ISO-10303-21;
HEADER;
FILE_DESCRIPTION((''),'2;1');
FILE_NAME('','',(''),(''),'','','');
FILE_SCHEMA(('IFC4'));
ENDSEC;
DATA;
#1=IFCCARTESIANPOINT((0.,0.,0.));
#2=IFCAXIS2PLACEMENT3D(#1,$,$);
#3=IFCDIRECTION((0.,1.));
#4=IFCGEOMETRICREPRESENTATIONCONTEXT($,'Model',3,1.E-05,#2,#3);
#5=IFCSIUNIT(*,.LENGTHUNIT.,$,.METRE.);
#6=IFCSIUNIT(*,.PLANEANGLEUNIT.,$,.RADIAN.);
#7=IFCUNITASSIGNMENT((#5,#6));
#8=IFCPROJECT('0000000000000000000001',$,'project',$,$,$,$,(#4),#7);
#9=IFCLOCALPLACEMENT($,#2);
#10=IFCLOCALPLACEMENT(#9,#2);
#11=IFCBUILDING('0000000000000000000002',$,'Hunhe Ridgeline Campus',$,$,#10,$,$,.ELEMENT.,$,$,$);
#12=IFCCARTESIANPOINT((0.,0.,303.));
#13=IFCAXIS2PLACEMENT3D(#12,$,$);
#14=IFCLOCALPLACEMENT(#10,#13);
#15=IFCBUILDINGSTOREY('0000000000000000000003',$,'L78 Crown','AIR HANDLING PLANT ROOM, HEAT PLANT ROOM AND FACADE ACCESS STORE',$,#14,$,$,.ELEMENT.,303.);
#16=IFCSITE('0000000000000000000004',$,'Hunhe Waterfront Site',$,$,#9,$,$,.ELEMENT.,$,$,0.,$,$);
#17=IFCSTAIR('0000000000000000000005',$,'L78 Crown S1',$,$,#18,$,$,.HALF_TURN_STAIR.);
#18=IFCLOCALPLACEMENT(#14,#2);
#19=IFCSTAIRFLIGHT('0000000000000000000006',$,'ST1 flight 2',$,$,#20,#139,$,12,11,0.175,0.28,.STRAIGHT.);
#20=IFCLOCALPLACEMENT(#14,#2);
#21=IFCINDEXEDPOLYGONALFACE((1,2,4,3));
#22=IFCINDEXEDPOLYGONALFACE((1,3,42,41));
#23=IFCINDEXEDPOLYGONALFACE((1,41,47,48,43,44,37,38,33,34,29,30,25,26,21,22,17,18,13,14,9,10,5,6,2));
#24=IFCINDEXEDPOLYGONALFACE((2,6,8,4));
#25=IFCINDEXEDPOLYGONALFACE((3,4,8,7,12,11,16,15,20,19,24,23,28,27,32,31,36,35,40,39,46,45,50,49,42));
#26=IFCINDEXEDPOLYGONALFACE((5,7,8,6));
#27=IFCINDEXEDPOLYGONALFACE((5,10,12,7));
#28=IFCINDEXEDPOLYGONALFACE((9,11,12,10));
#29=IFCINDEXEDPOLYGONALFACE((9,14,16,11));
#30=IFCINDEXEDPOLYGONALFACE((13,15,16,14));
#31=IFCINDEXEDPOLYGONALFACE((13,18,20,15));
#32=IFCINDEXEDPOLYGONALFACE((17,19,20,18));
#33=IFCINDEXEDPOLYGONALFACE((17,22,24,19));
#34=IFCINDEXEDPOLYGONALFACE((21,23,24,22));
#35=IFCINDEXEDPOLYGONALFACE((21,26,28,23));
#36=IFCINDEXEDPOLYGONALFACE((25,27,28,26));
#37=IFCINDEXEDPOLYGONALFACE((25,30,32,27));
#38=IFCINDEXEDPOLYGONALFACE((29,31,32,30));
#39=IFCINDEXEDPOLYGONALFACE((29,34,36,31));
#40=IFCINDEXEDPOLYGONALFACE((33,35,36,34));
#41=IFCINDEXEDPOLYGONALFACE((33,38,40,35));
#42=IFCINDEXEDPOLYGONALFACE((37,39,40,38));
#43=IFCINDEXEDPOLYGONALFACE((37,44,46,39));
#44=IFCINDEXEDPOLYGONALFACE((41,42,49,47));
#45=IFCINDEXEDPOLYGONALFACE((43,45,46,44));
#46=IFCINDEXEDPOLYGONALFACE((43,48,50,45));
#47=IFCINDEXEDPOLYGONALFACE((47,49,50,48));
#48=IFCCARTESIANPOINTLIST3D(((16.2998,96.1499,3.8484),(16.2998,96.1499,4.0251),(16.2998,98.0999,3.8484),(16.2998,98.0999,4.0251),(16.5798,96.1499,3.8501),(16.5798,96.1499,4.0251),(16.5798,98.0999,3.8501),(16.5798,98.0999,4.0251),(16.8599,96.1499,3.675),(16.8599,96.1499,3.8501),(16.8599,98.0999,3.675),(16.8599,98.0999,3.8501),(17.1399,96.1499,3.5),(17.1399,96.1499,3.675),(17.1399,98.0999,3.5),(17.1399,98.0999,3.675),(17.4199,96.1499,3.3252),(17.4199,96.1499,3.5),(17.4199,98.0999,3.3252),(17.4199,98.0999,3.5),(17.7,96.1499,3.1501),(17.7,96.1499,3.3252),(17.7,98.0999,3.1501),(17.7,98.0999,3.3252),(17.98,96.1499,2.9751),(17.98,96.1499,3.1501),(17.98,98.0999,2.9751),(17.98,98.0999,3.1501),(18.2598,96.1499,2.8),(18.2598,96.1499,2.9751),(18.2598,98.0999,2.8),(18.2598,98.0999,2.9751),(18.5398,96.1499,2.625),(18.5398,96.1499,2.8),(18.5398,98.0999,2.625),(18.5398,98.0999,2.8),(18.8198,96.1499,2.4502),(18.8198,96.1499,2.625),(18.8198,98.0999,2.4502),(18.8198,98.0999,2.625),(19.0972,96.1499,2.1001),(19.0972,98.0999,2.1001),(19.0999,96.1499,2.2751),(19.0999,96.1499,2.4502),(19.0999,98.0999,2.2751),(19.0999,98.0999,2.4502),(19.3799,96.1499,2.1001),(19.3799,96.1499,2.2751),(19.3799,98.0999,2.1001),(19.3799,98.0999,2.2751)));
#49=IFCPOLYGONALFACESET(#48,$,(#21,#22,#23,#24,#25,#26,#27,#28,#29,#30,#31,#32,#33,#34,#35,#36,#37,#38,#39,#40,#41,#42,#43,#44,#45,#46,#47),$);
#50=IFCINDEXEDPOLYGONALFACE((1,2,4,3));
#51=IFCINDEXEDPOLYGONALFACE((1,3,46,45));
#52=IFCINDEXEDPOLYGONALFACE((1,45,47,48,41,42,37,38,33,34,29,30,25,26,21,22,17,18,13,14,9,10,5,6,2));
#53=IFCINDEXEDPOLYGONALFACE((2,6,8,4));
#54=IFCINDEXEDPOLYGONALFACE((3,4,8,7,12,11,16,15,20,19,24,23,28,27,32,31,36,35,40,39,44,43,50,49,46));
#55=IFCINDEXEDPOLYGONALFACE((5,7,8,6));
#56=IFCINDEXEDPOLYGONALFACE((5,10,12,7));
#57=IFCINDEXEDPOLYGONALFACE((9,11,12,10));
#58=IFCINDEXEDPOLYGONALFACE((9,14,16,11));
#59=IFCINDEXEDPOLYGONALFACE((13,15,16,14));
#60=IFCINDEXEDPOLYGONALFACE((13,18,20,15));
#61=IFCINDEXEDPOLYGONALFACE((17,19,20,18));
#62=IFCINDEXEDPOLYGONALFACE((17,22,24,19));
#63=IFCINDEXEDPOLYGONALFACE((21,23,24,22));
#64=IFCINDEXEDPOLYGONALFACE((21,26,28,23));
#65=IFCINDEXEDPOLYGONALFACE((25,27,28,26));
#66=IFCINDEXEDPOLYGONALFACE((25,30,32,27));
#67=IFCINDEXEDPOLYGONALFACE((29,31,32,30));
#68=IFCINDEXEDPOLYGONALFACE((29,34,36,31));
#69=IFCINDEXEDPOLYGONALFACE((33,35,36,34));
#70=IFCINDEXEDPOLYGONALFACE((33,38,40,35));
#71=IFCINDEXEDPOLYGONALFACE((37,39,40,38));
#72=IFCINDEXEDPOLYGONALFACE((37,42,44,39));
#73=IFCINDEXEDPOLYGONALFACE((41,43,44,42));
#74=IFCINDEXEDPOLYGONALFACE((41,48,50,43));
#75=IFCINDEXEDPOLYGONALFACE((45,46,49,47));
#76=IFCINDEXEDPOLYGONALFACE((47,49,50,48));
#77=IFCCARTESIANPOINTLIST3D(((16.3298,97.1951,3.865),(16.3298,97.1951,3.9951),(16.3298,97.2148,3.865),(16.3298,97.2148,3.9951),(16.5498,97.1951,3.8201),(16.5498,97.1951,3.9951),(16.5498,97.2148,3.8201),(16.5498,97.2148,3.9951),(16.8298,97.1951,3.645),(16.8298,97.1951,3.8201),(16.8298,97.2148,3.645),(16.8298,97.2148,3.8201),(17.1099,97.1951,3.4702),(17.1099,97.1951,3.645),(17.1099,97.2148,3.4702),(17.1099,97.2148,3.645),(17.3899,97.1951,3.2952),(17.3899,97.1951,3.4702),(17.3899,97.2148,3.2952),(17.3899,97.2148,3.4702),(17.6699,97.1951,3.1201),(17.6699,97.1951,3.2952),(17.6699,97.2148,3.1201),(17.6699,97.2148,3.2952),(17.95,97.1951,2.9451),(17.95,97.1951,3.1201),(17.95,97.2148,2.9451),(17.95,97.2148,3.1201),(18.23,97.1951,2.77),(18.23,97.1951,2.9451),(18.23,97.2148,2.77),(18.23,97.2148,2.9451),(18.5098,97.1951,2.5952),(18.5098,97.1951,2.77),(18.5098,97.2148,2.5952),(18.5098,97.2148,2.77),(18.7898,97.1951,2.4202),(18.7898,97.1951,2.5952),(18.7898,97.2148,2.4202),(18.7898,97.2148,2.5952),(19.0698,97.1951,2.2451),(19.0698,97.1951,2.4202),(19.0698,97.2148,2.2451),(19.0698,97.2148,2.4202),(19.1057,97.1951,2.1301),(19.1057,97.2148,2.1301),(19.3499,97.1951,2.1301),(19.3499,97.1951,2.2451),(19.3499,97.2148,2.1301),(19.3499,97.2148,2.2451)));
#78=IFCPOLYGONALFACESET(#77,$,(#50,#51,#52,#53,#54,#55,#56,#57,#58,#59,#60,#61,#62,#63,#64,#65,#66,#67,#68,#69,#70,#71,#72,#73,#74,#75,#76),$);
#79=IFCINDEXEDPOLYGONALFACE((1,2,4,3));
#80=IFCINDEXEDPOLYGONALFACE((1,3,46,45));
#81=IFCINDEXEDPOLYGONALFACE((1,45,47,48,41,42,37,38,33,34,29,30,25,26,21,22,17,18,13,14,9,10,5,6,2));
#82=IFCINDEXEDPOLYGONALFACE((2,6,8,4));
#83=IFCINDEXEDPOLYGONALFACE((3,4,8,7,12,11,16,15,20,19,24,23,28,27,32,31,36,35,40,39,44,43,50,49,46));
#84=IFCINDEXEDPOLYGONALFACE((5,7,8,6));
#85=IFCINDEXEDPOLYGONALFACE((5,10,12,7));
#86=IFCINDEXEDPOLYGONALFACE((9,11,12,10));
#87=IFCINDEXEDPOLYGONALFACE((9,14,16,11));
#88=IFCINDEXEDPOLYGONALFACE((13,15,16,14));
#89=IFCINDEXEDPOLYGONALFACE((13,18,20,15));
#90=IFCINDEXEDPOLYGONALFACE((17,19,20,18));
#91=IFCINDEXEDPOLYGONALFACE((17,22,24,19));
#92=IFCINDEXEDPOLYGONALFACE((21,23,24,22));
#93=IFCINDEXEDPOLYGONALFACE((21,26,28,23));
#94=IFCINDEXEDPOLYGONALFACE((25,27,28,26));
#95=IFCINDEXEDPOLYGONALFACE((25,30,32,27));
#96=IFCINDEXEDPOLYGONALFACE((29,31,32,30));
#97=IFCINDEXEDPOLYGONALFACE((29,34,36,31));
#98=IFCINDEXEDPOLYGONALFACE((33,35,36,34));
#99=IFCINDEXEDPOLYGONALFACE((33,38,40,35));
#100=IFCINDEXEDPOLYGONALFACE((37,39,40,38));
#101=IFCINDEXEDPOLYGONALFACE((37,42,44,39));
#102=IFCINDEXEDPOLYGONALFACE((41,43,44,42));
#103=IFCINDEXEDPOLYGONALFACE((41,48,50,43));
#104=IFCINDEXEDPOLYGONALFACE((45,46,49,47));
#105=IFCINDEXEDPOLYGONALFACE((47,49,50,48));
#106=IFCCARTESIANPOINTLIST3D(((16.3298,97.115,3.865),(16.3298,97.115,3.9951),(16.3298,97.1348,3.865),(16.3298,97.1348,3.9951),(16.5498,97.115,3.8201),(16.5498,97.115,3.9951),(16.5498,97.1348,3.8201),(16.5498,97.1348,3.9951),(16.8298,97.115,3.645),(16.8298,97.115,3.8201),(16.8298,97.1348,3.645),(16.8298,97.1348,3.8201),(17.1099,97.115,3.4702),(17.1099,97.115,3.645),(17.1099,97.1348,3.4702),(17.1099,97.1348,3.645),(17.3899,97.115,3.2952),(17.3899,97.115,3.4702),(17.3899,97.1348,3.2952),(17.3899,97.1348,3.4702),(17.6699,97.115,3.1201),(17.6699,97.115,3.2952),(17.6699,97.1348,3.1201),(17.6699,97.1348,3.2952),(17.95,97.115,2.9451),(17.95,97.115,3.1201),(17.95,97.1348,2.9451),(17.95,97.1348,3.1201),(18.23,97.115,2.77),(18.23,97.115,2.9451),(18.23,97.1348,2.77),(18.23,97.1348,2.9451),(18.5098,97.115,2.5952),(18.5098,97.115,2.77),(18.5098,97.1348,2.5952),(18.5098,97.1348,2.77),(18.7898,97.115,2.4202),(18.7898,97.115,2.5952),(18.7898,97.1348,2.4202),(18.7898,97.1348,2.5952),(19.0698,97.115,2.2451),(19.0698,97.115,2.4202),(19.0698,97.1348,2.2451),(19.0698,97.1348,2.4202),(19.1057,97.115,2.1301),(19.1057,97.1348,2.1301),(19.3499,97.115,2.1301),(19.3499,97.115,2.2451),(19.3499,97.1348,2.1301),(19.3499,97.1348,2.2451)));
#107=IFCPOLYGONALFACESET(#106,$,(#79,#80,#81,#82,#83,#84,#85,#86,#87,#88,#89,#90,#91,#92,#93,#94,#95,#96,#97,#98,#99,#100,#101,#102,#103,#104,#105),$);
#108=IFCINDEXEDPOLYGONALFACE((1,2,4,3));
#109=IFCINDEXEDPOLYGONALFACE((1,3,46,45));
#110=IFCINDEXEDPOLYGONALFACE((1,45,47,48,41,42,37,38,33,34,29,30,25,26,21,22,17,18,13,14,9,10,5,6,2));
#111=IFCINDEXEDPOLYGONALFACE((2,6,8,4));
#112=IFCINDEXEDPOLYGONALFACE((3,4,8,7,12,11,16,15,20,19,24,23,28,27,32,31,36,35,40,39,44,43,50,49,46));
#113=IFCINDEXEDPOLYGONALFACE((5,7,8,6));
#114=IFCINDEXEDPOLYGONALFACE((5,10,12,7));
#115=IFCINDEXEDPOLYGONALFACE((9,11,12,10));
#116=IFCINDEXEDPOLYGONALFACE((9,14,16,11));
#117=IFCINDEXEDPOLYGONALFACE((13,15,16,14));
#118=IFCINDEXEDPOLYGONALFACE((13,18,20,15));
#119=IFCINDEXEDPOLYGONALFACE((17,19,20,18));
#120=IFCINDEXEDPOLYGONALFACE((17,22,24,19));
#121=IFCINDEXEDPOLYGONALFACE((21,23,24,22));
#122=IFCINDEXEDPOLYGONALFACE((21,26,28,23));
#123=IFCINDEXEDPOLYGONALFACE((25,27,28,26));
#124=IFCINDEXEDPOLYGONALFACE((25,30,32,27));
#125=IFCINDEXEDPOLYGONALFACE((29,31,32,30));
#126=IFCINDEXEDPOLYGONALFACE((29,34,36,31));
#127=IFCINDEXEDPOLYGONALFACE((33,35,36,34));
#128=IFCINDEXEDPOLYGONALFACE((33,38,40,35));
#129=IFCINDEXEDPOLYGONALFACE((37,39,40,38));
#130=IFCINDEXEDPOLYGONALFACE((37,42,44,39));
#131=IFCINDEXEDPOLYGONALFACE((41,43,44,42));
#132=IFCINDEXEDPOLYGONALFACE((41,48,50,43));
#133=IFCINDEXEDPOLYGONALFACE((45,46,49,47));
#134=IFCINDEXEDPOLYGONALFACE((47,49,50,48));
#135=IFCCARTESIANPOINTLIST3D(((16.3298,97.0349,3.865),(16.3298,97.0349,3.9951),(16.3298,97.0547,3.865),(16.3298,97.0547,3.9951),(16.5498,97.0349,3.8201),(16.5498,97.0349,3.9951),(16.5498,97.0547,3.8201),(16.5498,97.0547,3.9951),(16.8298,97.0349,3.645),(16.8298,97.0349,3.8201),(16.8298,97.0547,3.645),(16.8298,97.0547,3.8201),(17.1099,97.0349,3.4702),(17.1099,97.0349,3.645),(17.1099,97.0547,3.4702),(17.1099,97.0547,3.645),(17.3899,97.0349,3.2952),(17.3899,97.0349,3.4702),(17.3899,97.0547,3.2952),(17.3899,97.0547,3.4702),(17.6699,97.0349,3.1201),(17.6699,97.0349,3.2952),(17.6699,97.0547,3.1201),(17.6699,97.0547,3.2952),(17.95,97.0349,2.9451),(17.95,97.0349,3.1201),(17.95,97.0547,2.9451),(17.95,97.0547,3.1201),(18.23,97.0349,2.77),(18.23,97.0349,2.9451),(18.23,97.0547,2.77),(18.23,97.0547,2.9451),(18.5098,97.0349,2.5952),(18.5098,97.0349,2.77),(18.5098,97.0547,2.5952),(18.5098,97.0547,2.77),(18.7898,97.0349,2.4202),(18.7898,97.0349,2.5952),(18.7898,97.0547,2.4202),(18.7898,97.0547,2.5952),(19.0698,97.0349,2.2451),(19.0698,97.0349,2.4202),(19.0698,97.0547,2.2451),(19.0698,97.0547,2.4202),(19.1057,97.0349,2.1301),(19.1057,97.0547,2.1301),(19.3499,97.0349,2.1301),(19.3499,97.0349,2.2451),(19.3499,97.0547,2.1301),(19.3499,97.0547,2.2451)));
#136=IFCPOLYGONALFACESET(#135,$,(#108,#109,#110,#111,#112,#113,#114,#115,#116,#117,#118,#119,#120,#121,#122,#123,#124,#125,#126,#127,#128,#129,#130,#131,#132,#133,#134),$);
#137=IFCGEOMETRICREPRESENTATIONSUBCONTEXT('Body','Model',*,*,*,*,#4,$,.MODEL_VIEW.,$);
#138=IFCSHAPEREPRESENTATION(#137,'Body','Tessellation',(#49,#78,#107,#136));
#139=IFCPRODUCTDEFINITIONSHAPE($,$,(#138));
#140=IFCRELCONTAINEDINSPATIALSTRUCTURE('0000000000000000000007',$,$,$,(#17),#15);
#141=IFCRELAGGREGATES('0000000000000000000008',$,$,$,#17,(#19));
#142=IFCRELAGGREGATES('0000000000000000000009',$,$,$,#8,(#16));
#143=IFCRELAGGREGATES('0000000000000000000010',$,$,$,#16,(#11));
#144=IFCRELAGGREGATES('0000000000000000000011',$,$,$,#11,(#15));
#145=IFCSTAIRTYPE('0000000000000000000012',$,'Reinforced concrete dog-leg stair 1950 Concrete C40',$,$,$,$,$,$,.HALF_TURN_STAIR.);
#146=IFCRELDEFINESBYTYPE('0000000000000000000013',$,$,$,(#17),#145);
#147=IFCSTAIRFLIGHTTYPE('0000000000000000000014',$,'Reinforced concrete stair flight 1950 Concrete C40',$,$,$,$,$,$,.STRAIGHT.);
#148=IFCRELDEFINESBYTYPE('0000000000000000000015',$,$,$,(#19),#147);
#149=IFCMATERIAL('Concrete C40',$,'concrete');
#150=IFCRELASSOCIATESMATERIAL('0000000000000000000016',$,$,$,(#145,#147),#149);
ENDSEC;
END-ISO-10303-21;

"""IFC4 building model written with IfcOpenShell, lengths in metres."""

from ifc_helpers import new_model, si_unit, direction, frame, origin, place, context, subcontext, project, spatial, polyline, outline, extrude, material, type_object, element, aggregate, save


model = new_model("IFC4")

# Units and contexts
model_context = context("Model", 3, precision=1e-05, world=origin(), true_north=direction((0.0, 1.0)))
body_context = subcontext(model_context, "Body", "Model", "MODEL_VIEW")
ifc_project = project(units=[si_unit("LENGTHUNIT", "METRE"), si_unit("PLANEANGLEUNIT", "RADIAN")], contexts=[model_context])

# Site, building, storey
site_placement = place(None, origin())
site = spatial("IfcSite", under=ifc_project, at=site_placement, Name="Hunhe Waterfront Site", CompositionType="ELEMENT", RefElevation=0.0)
building_placement = place(site_placement, origin())
building = spatial("IfcBuilding", under=site, at=building_placement, Name="Hunhe Ridgeline Campus", CompositionType="ELEMENT")
storey_placement = place(building_placement, frame((0.0, 0.0, 303.0)))
storey = spatial("IfcBuildingStorey", under=building, at=storey_placement, Name="L78 Crown", Description="AIR HANDLING PLANT ROOM, HEAT PLANT ROOM AND FACADE ACCESS STORE", CompositionType="ELEMENT", Elevation=303.0)

# Stair, stair flight
ifc_material_1 = material(Name="Concrete C40", Category="concrete")
stair_type = type_object("IfcStairType", Name="Reinforced concrete dog-leg stair 1950 Concrete C40", PredefinedType="HALF_TURN_STAIR", material=ifc_material_1)
stair_placement = place(storey_placement, origin())
stair = element("IfcStair", 1, at=stair_placement, inside=storey, type_object=stair_type, Name="L78 Crown S1", PredefinedType="HALF_TURN_STAIR")
stair_flight_type = type_object("IfcStairFlightType", Name="Reinforced concrete stair flight 1950 Concrete C40", PredefinedType="STRAIGHT", material=ifc_material_1)
stair_flight_1_placement = place(storey_placement, frame((19.3799, 97.125, 2.1001), z_axis=(0.0, 0.0, 1.0), x_axis=(-1.0, 0.0, 0.0)))
stair_flight_1 = element("IfcStairFlight", 2, at=stair_flight_1_placement, type_object=stair_flight_type, Name="ST1 flight 2", NumberOfRisers=12, NumberOfTreads=11, PredefinedType="STRAIGHT", RiserHeight=0.175, TreadLength=0.28, context=body_context, shape_type="SweptSolid", body=[
    extrude(outline(polyline([(0.0, 0.0), (0.0, 0.175), (0.28, 0.175), (0.28, 0.3501), (0.5601, 0.3501), (0.5601, 0.5249), (0.8401, 0.5249), (0.8401, 0.7), (1.1201, 0.7), (1.1201, 0.875), (1.3999, 0.875), (1.3999, 1.05), (1.6799, 1.05), (1.6799, 1.2251), (1.96, 1.2251), (1.96, 1.3999), (2.24, 1.3999), (2.24, 1.575), (2.52, 1.575), (2.52, 1.75), (2.8, 1.75), (2.8, 1.925), (3.0801, 1.925), (3.0801, 2.1001), (3.0801, 1.7483), (0.2827, 0.0), (0.0, 0.0)])), frame((0.0, 0.9751, 0.0), z_axis=(0.0, -1.0, 0.0), x_axis=(1.0, 0.0, 0.0)), (0.0, 0.0, 1.0), 1.95),
    extrude(outline(polyline([(0.03, 0.03), (0.03, 0.145), (0.3101, 0.145), (0.3101, 0.3201), (0.5901, 0.3201), (0.5901, 0.4951), (0.8701, 0.4951), (0.8701, 0.6699), (1.1499, 0.6699), (1.1499, 0.845), (1.4299, 0.845), (1.4299, 1.02), (1.71, 1.02), (1.71, 1.1951), (1.99, 1.1951), (1.99, 1.3701), (2.27, 1.3701), (2.27, 1.5449), (2.55, 1.5449), (2.55, 1.72), (2.8301, 1.72), (2.8301, 1.895), (3.05, 1.895), (3.05, 1.7649), (0.2742, 0.03), (0.03, 0.03)])), frame((0.0, -0.0701, 0.0), z_axis=(0.0, -1.0, 0.0), x_axis=(1.0, 0.0, 0.0)), (0.0, 0.0, 1.0), 0.0198),
    extrude(outline(polyline([(0.03, 0.03), (0.03, 0.145), (0.3101, 0.145), (0.3101, 0.3201), (0.5901, 0.3201), (0.5901, 0.4951), (0.8701, 0.4951), (0.8701, 0.6699), (1.1499, 0.6699), (1.1499, 0.845), (1.4299, 0.845), (1.4299, 1.02), (1.71, 1.02), (1.71, 1.1951), (1.99, 1.1951), (1.99, 1.3701), (2.27, 1.3701), (2.27, 1.5449), (2.55, 1.5449), (2.55, 1.72), (2.8301, 1.72), (2.8301, 1.895), (3.05, 1.895), (3.05, 1.7649), (0.2742, 0.03), (0.03, 0.03)])), frame((0.0, 0.01, 0.0), z_axis=(0.0, -1.0, 0.0), x_axis=(1.0, 0.0, 0.0)), (0.0, 0.0, 1.0), 0.0198),
    extrude(outline(polyline([(0.03, 0.03), (0.03, 0.145), (0.3101, 0.145), (0.3101, 0.3201), (0.5901, 0.3201), (0.5901, 0.4951), (0.8701, 0.4951), (0.8701, 0.6699), (1.1499, 0.6699), (1.1499, 0.845), (1.4299, 0.845), (1.4299, 1.02), (1.71, 1.02), (1.71, 1.1951), (1.99, 1.1951), (1.99, 1.3701), (2.27, 1.3701), (2.27, 1.5449), (2.55, 1.5449), (2.55, 1.72), (2.8301, 1.72), (2.8301, 1.895), (3.05, 1.895), (3.05, 1.7649), (0.2742, 0.03), (0.03, 0.03)])), frame((0.0, 0.0901, 0.0), z_axis=(0.0, -1.0, 0.0), x_axis=(1.0, 0.0, 0.0)), (0.0, 0.0, 1.0), 0.0198),
])
aggregate(stair, [stair_flight_1])

save(model, "model.ifc")
